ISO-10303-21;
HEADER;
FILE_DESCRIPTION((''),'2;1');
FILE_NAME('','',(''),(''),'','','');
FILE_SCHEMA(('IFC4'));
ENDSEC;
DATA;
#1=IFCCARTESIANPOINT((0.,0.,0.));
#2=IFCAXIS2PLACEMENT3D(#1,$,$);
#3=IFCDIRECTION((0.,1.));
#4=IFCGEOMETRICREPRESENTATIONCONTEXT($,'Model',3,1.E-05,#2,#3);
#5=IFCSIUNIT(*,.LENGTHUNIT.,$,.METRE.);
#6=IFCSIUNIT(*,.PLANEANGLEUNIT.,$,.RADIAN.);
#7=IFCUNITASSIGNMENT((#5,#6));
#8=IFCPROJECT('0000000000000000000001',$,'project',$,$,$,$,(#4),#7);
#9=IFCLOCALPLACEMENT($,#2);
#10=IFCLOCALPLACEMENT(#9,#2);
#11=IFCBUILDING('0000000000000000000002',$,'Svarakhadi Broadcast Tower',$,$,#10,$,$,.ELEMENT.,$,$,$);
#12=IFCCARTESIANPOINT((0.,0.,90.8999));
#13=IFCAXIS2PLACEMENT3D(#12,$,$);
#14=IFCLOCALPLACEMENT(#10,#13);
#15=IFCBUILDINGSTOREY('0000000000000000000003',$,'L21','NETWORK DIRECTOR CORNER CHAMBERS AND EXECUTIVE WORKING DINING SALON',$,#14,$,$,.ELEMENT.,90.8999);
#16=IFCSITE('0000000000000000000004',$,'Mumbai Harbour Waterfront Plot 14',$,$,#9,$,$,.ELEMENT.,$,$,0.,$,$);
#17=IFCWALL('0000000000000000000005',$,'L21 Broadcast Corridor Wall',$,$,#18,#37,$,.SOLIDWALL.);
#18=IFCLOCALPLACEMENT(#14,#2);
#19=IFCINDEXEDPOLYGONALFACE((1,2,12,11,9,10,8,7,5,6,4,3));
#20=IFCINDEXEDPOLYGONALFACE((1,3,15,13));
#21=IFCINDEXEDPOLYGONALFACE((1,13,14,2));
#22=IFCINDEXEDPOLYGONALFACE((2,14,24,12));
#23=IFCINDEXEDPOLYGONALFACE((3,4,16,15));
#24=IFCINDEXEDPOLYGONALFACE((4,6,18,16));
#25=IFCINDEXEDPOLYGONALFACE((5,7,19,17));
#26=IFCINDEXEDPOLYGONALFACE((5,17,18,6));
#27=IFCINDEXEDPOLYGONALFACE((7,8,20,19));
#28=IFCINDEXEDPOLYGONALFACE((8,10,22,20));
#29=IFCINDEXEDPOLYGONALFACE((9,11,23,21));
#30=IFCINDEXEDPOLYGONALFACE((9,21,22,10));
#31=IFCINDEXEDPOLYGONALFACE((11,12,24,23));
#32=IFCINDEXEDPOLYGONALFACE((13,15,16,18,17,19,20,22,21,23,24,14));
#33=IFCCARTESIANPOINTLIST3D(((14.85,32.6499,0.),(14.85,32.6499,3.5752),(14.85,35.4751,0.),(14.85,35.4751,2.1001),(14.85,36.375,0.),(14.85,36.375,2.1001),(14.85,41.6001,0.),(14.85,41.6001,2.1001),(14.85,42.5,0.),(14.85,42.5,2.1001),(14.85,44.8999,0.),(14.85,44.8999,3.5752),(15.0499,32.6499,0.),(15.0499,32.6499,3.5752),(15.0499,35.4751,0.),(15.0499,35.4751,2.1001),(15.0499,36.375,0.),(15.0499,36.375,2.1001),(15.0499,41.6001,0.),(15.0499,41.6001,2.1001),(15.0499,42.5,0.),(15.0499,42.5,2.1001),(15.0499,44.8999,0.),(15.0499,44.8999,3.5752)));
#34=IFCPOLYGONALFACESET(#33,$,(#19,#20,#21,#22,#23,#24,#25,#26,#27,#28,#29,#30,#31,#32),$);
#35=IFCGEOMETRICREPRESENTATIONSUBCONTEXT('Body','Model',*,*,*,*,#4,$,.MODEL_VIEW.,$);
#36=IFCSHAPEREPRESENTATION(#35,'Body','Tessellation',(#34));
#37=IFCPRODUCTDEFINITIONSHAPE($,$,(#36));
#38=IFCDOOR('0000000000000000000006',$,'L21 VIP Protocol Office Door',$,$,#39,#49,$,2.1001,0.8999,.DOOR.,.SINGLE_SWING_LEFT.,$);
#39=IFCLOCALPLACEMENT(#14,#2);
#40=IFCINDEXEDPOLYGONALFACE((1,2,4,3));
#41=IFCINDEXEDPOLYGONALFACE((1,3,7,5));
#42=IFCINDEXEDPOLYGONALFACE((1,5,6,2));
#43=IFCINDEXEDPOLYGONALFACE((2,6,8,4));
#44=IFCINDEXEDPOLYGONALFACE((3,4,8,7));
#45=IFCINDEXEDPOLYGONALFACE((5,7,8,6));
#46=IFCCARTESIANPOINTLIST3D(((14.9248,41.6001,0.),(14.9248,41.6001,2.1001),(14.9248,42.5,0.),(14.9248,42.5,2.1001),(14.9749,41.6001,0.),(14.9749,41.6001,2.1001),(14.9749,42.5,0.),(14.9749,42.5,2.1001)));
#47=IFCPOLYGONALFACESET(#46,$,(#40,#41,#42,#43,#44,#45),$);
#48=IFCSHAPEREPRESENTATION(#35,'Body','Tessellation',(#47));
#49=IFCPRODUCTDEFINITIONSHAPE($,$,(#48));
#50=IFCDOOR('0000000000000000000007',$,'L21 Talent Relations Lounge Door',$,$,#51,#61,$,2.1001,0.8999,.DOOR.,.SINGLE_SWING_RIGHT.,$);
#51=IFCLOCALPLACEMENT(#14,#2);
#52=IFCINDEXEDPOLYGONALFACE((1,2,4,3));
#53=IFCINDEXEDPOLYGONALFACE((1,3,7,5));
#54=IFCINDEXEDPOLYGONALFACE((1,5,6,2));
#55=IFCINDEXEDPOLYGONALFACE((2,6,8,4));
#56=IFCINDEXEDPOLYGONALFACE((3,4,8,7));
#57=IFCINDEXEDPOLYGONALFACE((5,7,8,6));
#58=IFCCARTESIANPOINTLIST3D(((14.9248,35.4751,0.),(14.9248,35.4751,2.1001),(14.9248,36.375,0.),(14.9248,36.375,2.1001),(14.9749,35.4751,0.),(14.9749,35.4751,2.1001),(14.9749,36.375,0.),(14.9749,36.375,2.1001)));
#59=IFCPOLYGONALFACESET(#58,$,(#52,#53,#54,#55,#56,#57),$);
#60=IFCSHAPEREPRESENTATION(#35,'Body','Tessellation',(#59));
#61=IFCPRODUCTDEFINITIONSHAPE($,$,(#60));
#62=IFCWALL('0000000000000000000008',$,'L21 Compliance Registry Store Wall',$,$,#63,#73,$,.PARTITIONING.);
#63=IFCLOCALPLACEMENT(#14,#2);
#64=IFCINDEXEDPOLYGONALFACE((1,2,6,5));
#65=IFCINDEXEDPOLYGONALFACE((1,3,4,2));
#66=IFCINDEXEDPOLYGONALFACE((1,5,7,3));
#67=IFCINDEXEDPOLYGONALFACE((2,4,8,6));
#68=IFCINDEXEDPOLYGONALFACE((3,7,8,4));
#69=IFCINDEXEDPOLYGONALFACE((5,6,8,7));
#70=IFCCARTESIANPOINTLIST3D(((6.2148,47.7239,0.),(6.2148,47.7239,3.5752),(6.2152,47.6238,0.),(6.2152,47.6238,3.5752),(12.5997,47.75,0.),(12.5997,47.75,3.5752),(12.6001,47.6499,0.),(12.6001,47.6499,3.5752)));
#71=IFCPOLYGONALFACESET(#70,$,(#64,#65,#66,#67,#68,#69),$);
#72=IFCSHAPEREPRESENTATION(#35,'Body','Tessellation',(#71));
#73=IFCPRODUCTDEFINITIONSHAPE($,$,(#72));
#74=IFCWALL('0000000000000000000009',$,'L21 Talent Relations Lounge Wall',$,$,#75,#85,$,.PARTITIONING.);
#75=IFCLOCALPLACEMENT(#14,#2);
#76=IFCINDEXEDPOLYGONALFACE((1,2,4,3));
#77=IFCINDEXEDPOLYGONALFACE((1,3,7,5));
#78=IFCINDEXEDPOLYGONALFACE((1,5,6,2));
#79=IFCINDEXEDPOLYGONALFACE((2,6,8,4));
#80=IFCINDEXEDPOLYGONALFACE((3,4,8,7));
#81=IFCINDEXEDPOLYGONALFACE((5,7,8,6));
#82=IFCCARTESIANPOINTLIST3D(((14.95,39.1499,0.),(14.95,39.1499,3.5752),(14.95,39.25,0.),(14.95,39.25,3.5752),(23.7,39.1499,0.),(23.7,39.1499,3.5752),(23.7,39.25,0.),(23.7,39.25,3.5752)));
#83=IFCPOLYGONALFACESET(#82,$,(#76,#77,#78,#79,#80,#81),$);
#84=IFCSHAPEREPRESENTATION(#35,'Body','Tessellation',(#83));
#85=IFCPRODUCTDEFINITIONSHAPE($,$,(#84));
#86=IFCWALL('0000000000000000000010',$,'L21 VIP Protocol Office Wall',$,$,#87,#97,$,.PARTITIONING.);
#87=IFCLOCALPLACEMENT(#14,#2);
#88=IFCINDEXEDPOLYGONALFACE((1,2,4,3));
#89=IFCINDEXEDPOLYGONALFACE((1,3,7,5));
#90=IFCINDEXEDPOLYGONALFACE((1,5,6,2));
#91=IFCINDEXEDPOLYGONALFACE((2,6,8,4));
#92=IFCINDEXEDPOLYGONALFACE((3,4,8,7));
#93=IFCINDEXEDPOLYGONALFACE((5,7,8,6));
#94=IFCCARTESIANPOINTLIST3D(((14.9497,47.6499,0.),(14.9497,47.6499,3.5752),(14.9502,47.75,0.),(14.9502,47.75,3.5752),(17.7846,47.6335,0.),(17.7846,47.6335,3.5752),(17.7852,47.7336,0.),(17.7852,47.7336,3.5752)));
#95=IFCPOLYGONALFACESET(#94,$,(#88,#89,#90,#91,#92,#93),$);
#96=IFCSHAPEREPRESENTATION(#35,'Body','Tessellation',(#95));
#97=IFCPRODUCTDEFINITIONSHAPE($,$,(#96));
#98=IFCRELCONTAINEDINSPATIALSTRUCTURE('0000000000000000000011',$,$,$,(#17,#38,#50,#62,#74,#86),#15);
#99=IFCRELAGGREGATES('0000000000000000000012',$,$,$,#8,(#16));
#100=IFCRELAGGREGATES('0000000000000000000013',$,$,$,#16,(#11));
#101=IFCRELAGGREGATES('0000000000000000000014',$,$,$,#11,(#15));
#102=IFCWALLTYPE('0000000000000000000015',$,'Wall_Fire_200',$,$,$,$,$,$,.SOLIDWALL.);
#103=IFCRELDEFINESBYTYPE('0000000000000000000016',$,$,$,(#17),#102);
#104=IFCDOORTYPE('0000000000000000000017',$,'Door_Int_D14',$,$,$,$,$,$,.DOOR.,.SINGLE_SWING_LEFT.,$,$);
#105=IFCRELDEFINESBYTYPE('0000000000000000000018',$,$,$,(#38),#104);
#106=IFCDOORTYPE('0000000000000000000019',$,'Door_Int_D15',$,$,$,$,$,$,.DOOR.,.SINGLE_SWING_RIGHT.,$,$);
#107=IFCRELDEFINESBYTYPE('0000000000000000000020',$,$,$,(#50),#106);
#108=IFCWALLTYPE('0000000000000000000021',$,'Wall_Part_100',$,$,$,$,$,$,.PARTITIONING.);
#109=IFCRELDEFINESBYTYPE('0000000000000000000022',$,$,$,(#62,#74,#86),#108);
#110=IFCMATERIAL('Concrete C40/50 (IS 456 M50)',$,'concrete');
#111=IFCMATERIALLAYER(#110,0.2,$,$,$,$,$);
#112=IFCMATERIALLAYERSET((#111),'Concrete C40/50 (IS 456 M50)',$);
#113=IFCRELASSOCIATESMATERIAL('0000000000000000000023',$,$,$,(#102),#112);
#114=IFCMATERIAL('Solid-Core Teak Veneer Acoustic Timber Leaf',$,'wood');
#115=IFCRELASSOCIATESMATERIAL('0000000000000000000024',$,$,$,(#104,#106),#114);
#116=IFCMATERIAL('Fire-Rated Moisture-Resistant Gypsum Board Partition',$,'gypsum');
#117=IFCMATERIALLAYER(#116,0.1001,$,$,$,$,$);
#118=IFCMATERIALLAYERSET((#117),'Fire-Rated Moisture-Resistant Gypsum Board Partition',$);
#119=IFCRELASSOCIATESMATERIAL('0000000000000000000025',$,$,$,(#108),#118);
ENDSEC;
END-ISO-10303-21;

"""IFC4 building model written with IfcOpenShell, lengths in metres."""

from ifc_helpers import new_model, si_unit, direction, frame, frame_2d, origin, place, context, subcontext, project, spatial, rectangle, extrude, material, layer, layer_set, type_object, element, fill, save


model = new_model("IFC4")

# Units and contexts
model_context = context("Model", 3, precision=1e-05, world=origin(), true_north=direction((0.0, 1.0)))
body_context = subcontext(model_context, "Body", "Model", "MODEL_VIEW")
ifc_project = project(units=[si_unit("LENGTHUNIT", "METRE"), si_unit("PLANEANGLEUNIT", "RADIAN")], contexts=[model_context])

# Site, building, storey
site_placement = place(None, origin())
site = spatial("IfcSite", under=ifc_project, at=site_placement, Name="Mumbai Harbour Waterfront Plot 14", CompositionType="ELEMENT", RefElevation=0.0)
building_placement = place(site_placement, origin())
building = spatial("IfcBuilding", under=site, at=building_placement, Name="Svarakhadi Broadcast Tower", CompositionType="ELEMENT")
storey_placement = place(building_placement, frame((0.0, 0.0, 90.8999)))
storey = spatial("IfcBuildingStorey", under=building, at=storey_placement, Name="L21", Description="NETWORK DIRECTOR CORNER CHAMBERS AND EXECUTIVE WORKING DINING SALON", CompositionType="ELEMENT", Elevation=90.8999)

# Shared definitions
ifc_material_1 = material(Name="Concrete C40/50 (IS 456 M50)", Category="concrete")
ifc_layer_1 = layer(ifc_material_1, 0.2)
ifc_layer_set_1 = layer_set([ifc_layer_1], Name="Concrete C40/50 (IS 456 M50)")
wall_type_1 = type_object("IfcWallType", Name="Wall_Fire_200", PredefinedType="SOLIDWALL", material=ifc_layer_set_1)

# Wall, openings, doors
wall_1_placement = place(storey_placement, frame((14.95, 44.8999, 0.0), z_axis=(0.0, 0.0, 1.0), x_axis=(0.0, -1.0, 0.0)))
wall_1 = element("IfcWall", 1, at=wall_1_placement, inside=storey, type_object=wall_type_1, Name="L21 Broadcast Corridor Wall", PredefinedType="SOLIDWALL", context=body_context, shape_type="SweptSolid", body=[
    extrude(rectangle(XDim=12.25, YDim=0.2, at=frame_2d((6.125, 0.0))), origin(), (0.0, 0.0, 1.0), 3.5752),
])
opening_1_placement = place(wall_1_placement, frame((8.5249, 0.0, 0.0)))
opening_1 = element("IfcOpeningElement", 2, at=opening_1_placement, cuts=wall_1, PredefinedType="OPENING", context=body_context, shape_type="SweptSolid", body=[
    extrude(rectangle(XDim=0.8999, YDim=2.1001, at=frame_2d((0.45, 1.05))), frame((0.0, 0.1099, 0.0), z_axis=(0.0, -1.0, 0.0), x_axis=(1.0, 0.0, 0.0)), (0.0, 0.0, 1.0), 0.22),
])
opening_2_placement = place(wall_1_placement, frame((2.3999, 0.0, 0.0)))
opening_2 = element("IfcOpeningElement", 3, at=opening_2_placement, cuts=wall_1, PredefinedType="OPENING", context=body_context, shape_type="SweptSolid", body=[
    extrude(rectangle(XDim=0.8999, YDim=2.1001, at=frame_2d((0.45, 1.05))), frame((0.0, 0.1099, 0.0), z_axis=(0.0, -1.0, 0.0), x_axis=(1.0, 0.0, 0.0)), (0.0, 0.0, 1.0), 0.22),
])
ifc_material_2 = material(Name="Solid-Core Teak Veneer Acoustic Timber Leaf", Category="wood")
door_type_1 = type_object("IfcDoorType", Name="Door_Int_D14", OperationType="SINGLE_SWING_LEFT", PredefinedType="DOOR", material=ifc_material_2)
door_1_placement = place(opening_2_placement, origin())
door_1 = element("IfcDoor", 4, at=door_1_placement, inside=storey, type_object=door_type_1, Name="L21 VIP Protocol Office Door", OperationType="SINGLE_SWING_LEFT", OverallHeight=2.1001, OverallWidth=0.8999, PredefinedType="DOOR", context=body_context, shape_type="SweptSolid", body=[
    extrude(rectangle(XDim=0.8999, YDim=2.1001, at=frame_2d((0.45, 1.05))), frame((0.0, 0.0249, 0.0), z_axis=(0.0, -1.0, 0.0), x_axis=(1.0, 0.0, 0.0)), (0.0, 0.0, 1.0), 0.05),
])
fill(opening_2, door_1)
door_type_2 = type_object("IfcDoorType", Name="Door_Int_D15", OperationType="SINGLE_SWING_RIGHT", PredefinedType="DOOR", material=ifc_material_2)
door_2_placement = place(opening_1_placement, origin())
door_2 = element("IfcDoor", 5, at=door_2_placement, inside=storey, type_object=door_type_2, Name="L21 Talent Relations Lounge Door", OperationType="SINGLE_SWING_RIGHT", OverallHeight=2.1001, OverallWidth=0.8999, PredefinedType="DOOR", context=body_context, shape_type="SweptSolid", body=[
    extrude(rectangle(XDim=0.8999, YDim=2.1001, at=frame_2d((0.45, 1.05))), frame((0.0, 0.0249, 0.0), z_axis=(0.0, -1.0, 0.0), x_axis=(1.0, 0.0, 0.0)), (0.0, 0.0, 1.0), 0.05),
])
fill(opening_1, door_2)

# Walls
ifc_material_3 = material(Name="Fire-Rated Moisture-Resistant Gypsum Board Partition", Category="gypsum")
ifc_layer_2 = layer(ifc_material_3, 0.1001)
ifc_layer_set_2 = layer_set([ifc_layer_2], Name="Fire-Rated Moisture-Resistant Gypsum Board Partition")
wall_type_2 = type_object("IfcWallType", Name="Wall_Part_100", PredefinedType="PARTITIONING", material=ifc_layer_set_2)
wall_2_placement = place(storey_placement, frame((6.2151, 47.6738, 0.0), z_axis=(0.0, 0.0, 1.0), x_axis=(0.999992, 0.004091, 0.0)))
element("IfcWall", 6, at=wall_2_placement, inside=storey, type_object=wall_type_2, Name="L21 Compliance Registry Store Wall", PredefinedType="PARTITIONING", context=body_context, shape_type="SweptSolid", body=[
    extrude(rectangle(XDim=6.385, YDim=0.1001, at=frame_2d((3.1924, 0.0))), origin(), (0.0, 0.0, 1.0), 3.5752),
])
wall_3_placement = place(storey_placement, frame((14.95, 39.2, 0.0), z_axis=(0.0, 0.0, 1.0), x_axis=(1.0, 0.0, 0.0)))
element("IfcWall", 7, at=wall_3_placement, inside=storey, type_object=wall_type_2, Name="L21 Talent Relations Lounge Wall", PredefinedType="PARTITIONING", context=body_context, shape_type="SweptSolid", body=[
    extrude(rectangle(XDim=8.75, YDim=0.1001, at=frame_2d((4.375, 0.0))), origin(), (0.0, 0.0, 1.0), 3.5752),
])
wall_4_placement = place(storey_placement, frame((14.95, 47.7, 0.0), z_axis=(0.0, 0.0, 1.0), x_axis=(0.999983, -0.00577, 0.0)))
element("IfcWall", 8, at=wall_4_placement, inside=storey, type_object=wall_type_2, Name="L21 VIP Protocol Office Wall", PredefinedType="PARTITIONING", context=body_context, shape_type="SweptSolid", body=[
    extrude(rectangle(XDim=2.835, YDim=0.1001, at=frame_2d((1.4175, 0.0))), origin(), (0.0, 0.0, 1.0), 3.5752),
])

save(model, "model.ifc")
